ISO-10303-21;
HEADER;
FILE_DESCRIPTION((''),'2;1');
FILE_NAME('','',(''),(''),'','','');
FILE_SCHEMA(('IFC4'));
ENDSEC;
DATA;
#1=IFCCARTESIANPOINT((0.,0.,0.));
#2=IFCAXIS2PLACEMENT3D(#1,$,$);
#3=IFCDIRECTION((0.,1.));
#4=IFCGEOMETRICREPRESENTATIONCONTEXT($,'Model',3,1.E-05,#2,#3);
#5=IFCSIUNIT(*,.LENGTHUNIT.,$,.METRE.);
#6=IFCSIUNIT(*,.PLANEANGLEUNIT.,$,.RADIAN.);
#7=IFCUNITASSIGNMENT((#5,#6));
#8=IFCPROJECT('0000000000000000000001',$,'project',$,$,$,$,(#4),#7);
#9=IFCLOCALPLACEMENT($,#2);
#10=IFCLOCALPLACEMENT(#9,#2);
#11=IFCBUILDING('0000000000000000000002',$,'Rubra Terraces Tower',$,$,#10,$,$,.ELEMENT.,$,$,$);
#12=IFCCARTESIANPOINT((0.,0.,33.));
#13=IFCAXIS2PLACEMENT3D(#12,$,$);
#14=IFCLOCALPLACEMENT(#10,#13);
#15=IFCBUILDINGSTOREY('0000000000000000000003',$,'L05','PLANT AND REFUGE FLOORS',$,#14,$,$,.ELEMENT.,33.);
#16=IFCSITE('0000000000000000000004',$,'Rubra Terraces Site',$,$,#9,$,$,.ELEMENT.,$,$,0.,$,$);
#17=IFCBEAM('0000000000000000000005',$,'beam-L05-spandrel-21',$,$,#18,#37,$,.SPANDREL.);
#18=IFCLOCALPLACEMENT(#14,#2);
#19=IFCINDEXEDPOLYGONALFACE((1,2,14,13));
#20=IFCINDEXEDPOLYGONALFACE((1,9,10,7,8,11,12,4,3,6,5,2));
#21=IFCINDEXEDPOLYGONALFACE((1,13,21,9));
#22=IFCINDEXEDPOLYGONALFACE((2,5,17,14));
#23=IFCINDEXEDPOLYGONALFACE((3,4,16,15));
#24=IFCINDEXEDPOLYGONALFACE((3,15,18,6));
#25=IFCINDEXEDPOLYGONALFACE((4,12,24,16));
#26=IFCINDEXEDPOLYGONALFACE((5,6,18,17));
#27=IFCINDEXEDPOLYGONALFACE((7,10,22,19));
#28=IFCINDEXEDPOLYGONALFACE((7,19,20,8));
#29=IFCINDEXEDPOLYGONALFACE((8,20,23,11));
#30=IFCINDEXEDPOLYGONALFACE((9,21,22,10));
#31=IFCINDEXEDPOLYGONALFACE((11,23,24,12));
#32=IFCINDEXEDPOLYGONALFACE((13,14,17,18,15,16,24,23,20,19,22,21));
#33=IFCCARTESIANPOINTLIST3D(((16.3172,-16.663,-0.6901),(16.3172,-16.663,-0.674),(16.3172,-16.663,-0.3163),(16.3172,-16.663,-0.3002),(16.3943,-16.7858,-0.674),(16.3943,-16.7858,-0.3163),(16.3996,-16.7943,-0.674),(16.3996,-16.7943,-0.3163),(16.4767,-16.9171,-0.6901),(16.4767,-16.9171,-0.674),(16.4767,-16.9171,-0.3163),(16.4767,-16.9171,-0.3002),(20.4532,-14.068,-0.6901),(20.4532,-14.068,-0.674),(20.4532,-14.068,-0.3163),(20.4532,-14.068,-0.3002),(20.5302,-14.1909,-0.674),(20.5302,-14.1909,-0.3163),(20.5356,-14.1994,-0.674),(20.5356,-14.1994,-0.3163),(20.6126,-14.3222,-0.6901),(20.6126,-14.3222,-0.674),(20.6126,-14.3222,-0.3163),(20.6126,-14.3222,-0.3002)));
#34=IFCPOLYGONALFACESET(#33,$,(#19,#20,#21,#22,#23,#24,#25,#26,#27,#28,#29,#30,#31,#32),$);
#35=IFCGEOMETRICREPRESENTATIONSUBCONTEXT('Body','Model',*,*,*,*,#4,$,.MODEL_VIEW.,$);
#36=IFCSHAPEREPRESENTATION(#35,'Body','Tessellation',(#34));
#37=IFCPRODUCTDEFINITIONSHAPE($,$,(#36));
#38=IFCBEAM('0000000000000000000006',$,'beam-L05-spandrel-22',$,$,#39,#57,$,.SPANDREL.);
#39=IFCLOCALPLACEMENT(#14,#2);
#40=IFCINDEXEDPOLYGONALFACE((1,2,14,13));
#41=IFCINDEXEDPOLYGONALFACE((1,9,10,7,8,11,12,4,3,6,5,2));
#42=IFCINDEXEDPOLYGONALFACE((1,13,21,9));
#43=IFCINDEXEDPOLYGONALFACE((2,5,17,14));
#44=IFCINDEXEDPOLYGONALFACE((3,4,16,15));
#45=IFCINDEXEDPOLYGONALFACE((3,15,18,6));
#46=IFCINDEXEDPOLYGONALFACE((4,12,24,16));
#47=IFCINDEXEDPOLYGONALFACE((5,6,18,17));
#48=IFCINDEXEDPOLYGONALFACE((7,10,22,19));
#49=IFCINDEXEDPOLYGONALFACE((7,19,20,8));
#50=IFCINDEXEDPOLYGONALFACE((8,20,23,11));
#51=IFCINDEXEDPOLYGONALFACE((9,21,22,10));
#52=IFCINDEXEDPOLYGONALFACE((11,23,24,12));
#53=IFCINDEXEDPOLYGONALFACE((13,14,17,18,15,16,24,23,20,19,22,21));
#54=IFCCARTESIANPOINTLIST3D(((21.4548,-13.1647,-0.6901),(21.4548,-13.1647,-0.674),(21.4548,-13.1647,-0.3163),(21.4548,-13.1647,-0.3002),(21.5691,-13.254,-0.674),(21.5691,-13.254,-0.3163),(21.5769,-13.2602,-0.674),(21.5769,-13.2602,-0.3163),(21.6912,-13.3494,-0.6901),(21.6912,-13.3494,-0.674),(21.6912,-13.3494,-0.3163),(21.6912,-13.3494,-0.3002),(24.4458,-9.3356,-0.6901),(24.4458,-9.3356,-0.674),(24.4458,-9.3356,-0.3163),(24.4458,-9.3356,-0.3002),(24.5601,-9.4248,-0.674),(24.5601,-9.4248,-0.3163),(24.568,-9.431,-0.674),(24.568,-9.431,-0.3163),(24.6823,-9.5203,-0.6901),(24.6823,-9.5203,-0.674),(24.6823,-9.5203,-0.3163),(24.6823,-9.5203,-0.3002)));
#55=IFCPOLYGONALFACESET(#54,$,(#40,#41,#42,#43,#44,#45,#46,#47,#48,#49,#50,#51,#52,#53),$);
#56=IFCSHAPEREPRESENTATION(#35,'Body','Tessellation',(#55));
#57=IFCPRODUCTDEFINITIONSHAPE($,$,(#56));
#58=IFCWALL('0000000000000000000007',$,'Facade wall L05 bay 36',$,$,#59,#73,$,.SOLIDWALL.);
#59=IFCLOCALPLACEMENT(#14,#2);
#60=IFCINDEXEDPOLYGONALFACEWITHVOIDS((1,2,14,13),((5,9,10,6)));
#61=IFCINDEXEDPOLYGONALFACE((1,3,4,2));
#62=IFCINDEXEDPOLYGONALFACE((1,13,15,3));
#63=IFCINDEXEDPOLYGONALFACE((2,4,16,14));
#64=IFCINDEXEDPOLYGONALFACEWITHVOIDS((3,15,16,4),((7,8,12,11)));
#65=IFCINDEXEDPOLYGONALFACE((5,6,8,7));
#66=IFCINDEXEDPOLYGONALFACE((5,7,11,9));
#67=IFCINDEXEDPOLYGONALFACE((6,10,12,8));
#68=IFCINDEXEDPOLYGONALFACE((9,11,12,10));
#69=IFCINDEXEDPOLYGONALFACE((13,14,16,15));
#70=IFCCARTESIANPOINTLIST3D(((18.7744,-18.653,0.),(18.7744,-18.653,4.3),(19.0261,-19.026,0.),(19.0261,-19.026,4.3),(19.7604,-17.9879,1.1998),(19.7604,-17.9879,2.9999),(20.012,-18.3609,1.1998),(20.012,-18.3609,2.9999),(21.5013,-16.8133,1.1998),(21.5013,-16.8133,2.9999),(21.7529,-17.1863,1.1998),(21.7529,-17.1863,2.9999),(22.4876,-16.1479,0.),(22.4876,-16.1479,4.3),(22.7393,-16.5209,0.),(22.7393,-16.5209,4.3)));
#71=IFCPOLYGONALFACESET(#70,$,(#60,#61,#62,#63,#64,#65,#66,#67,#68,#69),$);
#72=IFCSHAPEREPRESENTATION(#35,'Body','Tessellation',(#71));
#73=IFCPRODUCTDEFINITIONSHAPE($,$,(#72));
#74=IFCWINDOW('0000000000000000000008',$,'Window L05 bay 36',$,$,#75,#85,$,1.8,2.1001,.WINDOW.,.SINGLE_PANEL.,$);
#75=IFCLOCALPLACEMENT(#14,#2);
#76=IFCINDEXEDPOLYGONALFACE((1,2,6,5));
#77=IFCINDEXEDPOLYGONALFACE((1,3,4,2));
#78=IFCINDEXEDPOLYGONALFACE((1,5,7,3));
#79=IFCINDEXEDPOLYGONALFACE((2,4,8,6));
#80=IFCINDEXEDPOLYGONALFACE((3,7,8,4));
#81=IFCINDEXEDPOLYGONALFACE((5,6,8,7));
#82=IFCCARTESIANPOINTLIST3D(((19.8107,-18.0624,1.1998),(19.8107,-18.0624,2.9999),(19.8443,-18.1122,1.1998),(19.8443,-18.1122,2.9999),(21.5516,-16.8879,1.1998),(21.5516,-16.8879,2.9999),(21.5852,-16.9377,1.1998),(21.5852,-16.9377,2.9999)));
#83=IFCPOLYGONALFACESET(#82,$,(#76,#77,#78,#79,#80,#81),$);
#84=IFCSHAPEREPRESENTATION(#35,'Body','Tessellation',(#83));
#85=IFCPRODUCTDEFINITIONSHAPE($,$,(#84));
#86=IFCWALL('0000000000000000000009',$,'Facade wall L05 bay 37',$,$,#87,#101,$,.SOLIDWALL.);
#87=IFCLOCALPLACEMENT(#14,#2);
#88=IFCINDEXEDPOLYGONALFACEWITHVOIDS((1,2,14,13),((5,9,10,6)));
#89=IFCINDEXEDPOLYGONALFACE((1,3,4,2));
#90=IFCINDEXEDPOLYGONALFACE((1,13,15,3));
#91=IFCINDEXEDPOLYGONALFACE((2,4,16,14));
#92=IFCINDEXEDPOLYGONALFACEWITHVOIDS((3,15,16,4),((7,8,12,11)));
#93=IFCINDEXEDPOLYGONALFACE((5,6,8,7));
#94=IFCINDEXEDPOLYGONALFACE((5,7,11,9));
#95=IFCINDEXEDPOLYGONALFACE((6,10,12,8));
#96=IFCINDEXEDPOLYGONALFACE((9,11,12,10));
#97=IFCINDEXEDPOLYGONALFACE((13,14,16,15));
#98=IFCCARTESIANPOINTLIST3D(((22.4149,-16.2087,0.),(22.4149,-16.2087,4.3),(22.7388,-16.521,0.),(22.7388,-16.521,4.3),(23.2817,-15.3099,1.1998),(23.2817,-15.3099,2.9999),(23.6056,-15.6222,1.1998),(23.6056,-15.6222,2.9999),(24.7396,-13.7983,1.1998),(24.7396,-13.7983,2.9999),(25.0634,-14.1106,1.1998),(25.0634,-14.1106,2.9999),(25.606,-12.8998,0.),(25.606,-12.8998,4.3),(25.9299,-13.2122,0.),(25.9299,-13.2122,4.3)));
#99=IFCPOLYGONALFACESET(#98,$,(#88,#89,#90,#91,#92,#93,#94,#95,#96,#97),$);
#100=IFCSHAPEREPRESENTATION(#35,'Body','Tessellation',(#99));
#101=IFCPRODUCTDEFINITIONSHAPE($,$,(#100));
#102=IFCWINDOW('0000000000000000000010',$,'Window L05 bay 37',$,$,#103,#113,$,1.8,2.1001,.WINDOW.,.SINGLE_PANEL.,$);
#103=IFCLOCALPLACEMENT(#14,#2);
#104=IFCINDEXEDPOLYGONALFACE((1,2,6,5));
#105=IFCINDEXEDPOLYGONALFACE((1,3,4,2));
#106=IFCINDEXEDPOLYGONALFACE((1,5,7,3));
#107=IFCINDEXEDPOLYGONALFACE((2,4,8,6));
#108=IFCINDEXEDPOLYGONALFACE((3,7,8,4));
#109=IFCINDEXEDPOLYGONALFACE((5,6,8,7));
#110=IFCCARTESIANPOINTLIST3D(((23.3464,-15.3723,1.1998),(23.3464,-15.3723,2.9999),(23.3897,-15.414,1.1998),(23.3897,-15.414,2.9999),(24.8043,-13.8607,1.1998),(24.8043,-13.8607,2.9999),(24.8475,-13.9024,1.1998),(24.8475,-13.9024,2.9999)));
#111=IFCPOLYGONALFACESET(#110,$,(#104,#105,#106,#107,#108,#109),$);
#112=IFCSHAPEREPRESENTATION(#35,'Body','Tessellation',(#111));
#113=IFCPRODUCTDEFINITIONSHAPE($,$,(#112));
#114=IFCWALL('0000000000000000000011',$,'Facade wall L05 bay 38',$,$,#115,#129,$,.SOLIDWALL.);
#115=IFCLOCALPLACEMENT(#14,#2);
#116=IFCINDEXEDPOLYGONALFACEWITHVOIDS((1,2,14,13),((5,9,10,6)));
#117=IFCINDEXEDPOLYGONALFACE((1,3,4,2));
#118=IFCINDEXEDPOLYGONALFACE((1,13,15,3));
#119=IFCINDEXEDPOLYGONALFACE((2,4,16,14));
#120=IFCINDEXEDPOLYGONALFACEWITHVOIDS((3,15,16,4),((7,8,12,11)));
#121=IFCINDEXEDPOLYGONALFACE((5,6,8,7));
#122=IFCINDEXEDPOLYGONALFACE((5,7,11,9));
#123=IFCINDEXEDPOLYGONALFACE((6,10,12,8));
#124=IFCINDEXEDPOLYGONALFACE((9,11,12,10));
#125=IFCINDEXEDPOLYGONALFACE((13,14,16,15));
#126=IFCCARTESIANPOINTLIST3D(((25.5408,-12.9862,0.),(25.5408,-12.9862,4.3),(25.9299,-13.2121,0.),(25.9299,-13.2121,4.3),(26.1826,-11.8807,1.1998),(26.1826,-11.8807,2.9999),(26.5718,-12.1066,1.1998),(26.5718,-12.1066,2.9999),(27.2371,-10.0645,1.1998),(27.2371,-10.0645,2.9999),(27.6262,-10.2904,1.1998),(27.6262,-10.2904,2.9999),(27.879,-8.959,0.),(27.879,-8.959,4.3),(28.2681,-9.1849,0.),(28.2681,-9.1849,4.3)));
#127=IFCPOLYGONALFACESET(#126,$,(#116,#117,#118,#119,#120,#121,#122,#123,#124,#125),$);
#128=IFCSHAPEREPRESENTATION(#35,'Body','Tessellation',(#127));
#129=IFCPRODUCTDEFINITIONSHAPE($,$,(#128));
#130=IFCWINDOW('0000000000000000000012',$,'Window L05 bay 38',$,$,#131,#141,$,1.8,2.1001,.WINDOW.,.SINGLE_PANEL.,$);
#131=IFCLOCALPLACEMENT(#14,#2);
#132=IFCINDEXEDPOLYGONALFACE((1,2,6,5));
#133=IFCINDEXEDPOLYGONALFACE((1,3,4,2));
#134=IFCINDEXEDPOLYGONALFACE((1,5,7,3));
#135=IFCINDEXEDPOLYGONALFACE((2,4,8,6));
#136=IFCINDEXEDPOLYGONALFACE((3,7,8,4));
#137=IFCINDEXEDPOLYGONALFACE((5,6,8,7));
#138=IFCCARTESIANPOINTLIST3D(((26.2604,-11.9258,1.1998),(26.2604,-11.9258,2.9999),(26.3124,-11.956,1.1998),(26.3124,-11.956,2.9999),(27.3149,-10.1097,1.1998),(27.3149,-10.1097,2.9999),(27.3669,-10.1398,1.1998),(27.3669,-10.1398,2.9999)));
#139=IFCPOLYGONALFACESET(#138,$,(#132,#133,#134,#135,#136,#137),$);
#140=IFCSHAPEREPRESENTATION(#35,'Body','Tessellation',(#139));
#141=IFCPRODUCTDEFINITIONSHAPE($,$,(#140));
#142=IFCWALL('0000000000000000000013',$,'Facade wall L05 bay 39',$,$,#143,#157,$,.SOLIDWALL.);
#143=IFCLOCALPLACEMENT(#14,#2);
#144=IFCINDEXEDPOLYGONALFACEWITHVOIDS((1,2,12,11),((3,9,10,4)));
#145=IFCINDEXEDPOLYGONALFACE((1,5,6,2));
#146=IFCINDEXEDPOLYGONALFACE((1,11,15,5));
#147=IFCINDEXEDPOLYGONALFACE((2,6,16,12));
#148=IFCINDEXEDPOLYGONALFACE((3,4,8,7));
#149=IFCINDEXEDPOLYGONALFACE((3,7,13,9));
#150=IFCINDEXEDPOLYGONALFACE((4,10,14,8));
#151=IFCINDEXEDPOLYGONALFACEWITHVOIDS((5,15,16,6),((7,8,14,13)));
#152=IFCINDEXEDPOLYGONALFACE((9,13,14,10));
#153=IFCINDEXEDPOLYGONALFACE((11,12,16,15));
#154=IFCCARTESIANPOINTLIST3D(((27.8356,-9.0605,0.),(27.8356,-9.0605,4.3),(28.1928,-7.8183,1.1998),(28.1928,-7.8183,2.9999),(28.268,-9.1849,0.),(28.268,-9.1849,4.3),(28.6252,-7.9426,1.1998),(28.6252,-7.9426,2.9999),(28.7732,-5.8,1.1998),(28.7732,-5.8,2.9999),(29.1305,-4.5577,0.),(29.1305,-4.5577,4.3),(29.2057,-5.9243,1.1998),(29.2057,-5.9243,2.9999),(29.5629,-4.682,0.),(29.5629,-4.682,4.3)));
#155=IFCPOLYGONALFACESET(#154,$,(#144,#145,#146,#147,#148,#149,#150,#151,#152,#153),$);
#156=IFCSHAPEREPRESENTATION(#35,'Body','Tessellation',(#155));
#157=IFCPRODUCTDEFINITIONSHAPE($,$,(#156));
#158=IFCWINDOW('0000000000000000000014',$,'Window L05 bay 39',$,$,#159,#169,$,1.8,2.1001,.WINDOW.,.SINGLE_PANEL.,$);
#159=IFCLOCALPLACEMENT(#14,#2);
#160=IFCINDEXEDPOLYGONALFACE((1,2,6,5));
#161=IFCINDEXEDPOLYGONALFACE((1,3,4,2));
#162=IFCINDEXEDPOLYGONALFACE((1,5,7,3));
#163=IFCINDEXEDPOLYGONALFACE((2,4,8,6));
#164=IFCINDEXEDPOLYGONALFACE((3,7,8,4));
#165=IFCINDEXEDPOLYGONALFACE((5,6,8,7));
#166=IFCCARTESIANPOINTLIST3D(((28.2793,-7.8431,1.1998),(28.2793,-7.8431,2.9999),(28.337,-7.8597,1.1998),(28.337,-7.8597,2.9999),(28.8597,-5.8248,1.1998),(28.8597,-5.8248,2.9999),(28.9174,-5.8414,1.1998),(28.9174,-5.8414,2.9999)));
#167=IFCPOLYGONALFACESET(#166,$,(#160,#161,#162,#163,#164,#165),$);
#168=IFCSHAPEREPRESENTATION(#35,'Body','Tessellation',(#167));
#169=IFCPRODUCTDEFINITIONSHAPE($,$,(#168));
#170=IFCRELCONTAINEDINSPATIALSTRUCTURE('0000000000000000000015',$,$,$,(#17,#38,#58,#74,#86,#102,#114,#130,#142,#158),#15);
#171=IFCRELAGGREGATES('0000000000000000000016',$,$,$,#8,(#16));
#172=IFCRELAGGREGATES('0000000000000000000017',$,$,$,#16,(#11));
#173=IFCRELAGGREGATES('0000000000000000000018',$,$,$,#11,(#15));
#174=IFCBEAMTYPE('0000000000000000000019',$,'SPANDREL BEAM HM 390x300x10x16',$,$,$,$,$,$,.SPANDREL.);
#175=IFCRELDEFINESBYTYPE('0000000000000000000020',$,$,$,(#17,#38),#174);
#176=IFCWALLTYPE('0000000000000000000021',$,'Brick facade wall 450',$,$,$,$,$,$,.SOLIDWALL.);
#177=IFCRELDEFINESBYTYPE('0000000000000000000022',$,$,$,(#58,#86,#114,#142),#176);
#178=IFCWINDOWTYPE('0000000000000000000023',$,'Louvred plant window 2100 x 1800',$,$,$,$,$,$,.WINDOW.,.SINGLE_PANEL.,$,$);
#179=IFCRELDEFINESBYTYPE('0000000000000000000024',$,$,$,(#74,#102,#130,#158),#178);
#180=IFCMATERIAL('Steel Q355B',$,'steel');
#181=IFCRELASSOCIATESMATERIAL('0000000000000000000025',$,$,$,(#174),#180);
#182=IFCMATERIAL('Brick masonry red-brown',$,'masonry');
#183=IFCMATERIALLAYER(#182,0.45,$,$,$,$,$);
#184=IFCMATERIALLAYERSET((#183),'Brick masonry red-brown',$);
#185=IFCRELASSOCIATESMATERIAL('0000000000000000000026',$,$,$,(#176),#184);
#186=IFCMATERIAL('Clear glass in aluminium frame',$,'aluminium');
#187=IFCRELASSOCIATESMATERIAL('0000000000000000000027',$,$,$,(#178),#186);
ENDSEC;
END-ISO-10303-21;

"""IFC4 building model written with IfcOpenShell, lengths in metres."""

from ifc_helpers import new_model, si_unit, direction, frame, frame_2d, origin, origin_2d, place, context, subcontext, project, spatial, rectangle, i_section, extrude, material, layer, layer_set, material_profile, profile_set, type_object, element, fill, save


model = new_model("IFC4")

# Units and contexts
model_context = context("Model", 3, precision=1e-05, world=origin(), true_north=direction((0.0, 1.0)))
body_context = subcontext(model_context, "Body", "Model", "MODEL_VIEW")
ifc_project = project(units=[si_unit("LENGTHUNIT", "METRE"), si_unit("PLANEANGLEUNIT", "RADIAN")], contexts=[model_context])

# Site, building, storey
site_placement = place(None, origin())
site = spatial("IfcSite", under=ifc_project, at=site_placement, Name="Rubra Terraces Site", CompositionType="ELEMENT", RefElevation=0.0)
building_placement = place(site_placement, origin())
building = spatial("IfcBuilding", under=site, at=building_placement, Name="Rubra Terraces Tower", CompositionType="ELEMENT")
storey_placement = place(building_placement, frame((0.0, 0.0, 33.0)))
storey = spatial("IfcBuildingStorey", under=building, at=storey_placement, Name="L05", Description="PLANT AND REFUGE FLOORS", CompositionType="ELEMENT", Elevation=33.0)

# Shared definitions
ifc_material_1 = material(Name="Steel Q355B", Category="steel")

# Beams
ifc_material_profile_1 = material_profile(ifc_material_1, i_section(OverallWidth=0.3, OverallDepth=0.3899, WebThickness=0.01, FlangeThickness=0.0161, at=origin_2d()), Name="HM 390x300x10x16")
ifc_profile_set_1 = profile_set([ifc_material_profile_1], Name="Steel Q355B")
beam_type_1 = type_object("IfcBeamType", Name="SPANDREL BEAM HM 390x300x10x16", PredefinedType="SPANDREL", material=ifc_profile_set_1)
beam_1_placement = place(storey_placement, frame((16.397, -16.79, -0.4951), z_axis=(0.847078, 0.531468, 0.0), x_axis=(-0.531468, 0.847078, 0.0)))
element("IfcBeam", 1, at=beam_1_placement, inside=storey, type_object=beam_type_1, Name="beam-L05-spandrel-21", PredefinedType="SPANDREL", context=body_context, shape_type="SweptSolid", body=[
    extrude(i_section(OverallWidth=0.3, OverallDepth=0.3899, WebThickness=0.01, FlangeThickness=0.0161, at=origin_2d()), origin(), (0.0, 0.0, 1.0), 4.8826),
])
beam_2_placement = place(storey_placement, frame((21.573, -13.2571, -0.4951), z_axis=(0.615578, 0.788076, 0.0), x_axis=(-0.788076, 0.615578, 0.0)))
element("IfcBeam", 2, at=beam_2_placement, inside=storey, type_object=beam_type_1, Name="beam-L05-spandrel-22", PredefinedType="SPANDREL", context=body_context, shape_type="SweptSolid", body=[
    extrude(i_section(OverallWidth=0.3, OverallDepth=0.3899, WebThickness=0.01, FlangeThickness=0.0161, at=origin_2d()), origin(), (0.0, 0.0, 1.0), 4.8589),
])

# Walls, openings, windows
ifc_material_2 = material(Name="Brick masonry red-brown", Category="masonry")
ifc_layer_1 = layer(ifc_material_2, 0.45)
ifc_layer_set_1 = layer_set([ifc_layer_1], Name="Brick masonry red-brown")
wall_type_1 = type_object("IfcWallType", Name="Brick facade wall 450", PredefinedType="SOLIDWALL", material=ifc_layer_set_1)
wall_1_placement = place(storey_placement, frame((18.9001, -18.8396, 0.0), z_axis=(0.0, 0.0, 1.0), x_axis=(0.828977, 0.559283, 0.0)))
wall_1 = element("IfcWall", 3, at=wall_1_placement, inside=storey, type_object=wall_type_1, Name="Facade wall L05 bay 36", PredefinedType="SOLIDWALL", context=body_context, shape_type="SweptSolid", body=[
    extrude(rectangle(XDim=4.4792, YDim=0.45, at=frame_2d((2.2397, 0.0))), origin(), (0.0, 0.0, 1.0), 4.3),
])
opening_1_placement = place(wall_1_placement, frame((1.1895, 0.0, 1.2)))
opening_1 = element("IfcOpeningElement", 4, at=opening_1_placement, cuts=wall_1, PredefinedType="OPENING", context=body_context, shape_type="SweptSolid", body=[
    extrude(rectangle(XDim=2.1001, YDim=1.8, at=frame_2d((1.05, 0.8999))), frame((0.0, 0.2349, 0.0), z_axis=(0.0, -1.0, 0.0), x_axis=(1.0, 0.0, 0.0)), (0.0, 0.0, 1.0), 0.47),
])
ifc_material_3 = material(Name="Clear glass in aluminium frame", Category="aluminium")
window_type = type_object("IfcWindowType", Name="Louvred plant window 2100 x 1800", PartitioningType="SINGLE_PANEL", PredefinedType="WINDOW", material=ifc_material_3)
window_1_placement = place(opening_1_placement, origin())
window_1 = element("IfcWindow", 5, at=window_1_placement, inside=storey, type_object=window_type, Name="Window L05 bay 36", OverallHeight=1.8, OverallWidth=2.1001, PartitioningType="SINGLE_PANEL", PredefinedType="WINDOW", context=body_context, shape_type="SweptSolid", body=[
    extrude(rectangle(XDim=2.1001, YDim=1.8, at=frame_2d((1.05, 0.8999))), frame((0.0, 0.135, 0.0), z_axis=(0.0, -1.0, 0.0), x_axis=(1.0, 0.0, 0.0)), (0.0, 0.0, 1.0), 0.0601),
])
fill(opening_1, window_1)
wall_2_placement = place(storey_placement, frame((22.5769, -16.3647, 0.0), z_axis=(0.0, 0.0, 1.0), x_axis=(0.694192, 0.71979, 0.0)))
wall_2 = element("IfcWall", 6, at=wall_2_placement, inside=storey, type_object=wall_type_1, Name="Facade wall L05 bay 37", PredefinedType="SOLIDWALL", context=body_context, shape_type="SweptSolid", body=[
    extrude(rectangle(XDim=4.5969, YDim=0.45, at=frame_2d((2.2983, 0.0))), origin(), (0.0, 0.0, 1.0), 4.3),
])
opening_2_placement = place(wall_2_placement, frame((1.2485, 0.0, 1.2)))
opening_2 = element("IfcOpeningElement", 7, at=opening_2_placement, cuts=wall_2, PredefinedType="OPENING", context=body_context, shape_type="SweptSolid", body=[
    extrude(rectangle(XDim=2.1001, YDim=1.8, at=frame_2d((1.05, 0.8999))), frame((0.0, 0.2349, 0.0), z_axis=(0.0, -1.0, 0.0), x_axis=(1.0, 0.0, 0.0)), (0.0, 0.0, 1.0), 0.47),
])
window_2_placement = place(opening_2_placement, origin())
window_2 = element("IfcWindow", 8, at=window_2_placement, inside=storey, type_object=window_type, Name="Window L05 bay 37", OverallHeight=1.8, OverallWidth=2.1001, PartitioningType="SINGLE_PANEL", PredefinedType="WINDOW", context=body_context, shape_type="SweptSolid", body=[
    extrude(rectangle(XDim=2.1001, YDim=1.8, at=frame_2d((1.05, 0.8999))), frame((0.0, 0.135, 0.0), z_axis=(0.0, -1.0, 0.0), x_axis=(1.0, 0.0, 0.0)), (0.0, 0.0, 1.0), 0.0601),
])
fill(opening_2, window_2)
wall_3_placement = place(storey_placement, frame((25.7354, -13.0991, 0.0), z_axis=(0.0, 0.0, 1.0), x_axis=(0.502106, 0.864806, 0.0)))
wall_3 = element("IfcWall", 9, at=wall_3_placement, inside=storey, type_object=wall_type_1, Name="Facade wall L05 bay 38", PredefinedType="SOLIDWALL", context=body_context, shape_type="SweptSolid", body=[
    extrude(rectangle(XDim=4.6567, YDim=0.45, at=frame_2d((2.3284, 0.0))), origin(), (0.0, 0.0, 1.0), 4.3),
])
opening_3_placement = place(wall_3_placement, frame((1.2783, 0.0, 1.2)))
opening_3 = element("IfcOpeningElement", 10, at=opening_3_placement, cuts=wall_3, PredefinedType="OPENING", context=body_context, shape_type="SweptSolid", body=[
    extrude(rectangle(XDim=2.1001, YDim=1.8, at=frame_2d((1.05, 0.8999))), frame((0.0, 0.2349, 0.0), z_axis=(0.0, -1.0, 0.0), x_axis=(1.0, 0.0, 0.0)), (0.0, 0.0, 1.0), 0.47),
])
window_3_placement = place(opening_3_placement, origin())
window_3 = element("IfcWindow", 11, at=window_3_placement, inside=storey, type_object=window_type, Name="Window L05 bay 38", OverallHeight=1.8, OverallWidth=2.1001, PartitioningType="SINGLE_PANEL", PredefinedType="WINDOW", context=body_context, shape_type="SweptSolid", body=[
    extrude(rectangle(XDim=2.1001, YDim=1.8, at=frame_2d((1.05, 0.8999))), frame((0.0, 0.135, 0.0), z_axis=(0.0, -1.0, 0.0), x_axis=(1.0, 0.0, 0.0)), (0.0, 0.0, 1.0), 0.0601),
])
fill(opening_3, window_3)
wall_4_placement = place(storey_placement, frame((28.0518, -9.1228, 0.0), z_axis=(0.0, 0.0, 1.0), x_axis=(0.276372, 0.961051, 0.0)))
wall_4 = element("IfcWall", 12, at=wall_4_placement, inside=storey, type_object=wall_type_1, Name="Facade wall L05 bay 39", PredefinedType="SOLIDWALL", context=body_context, shape_type="SweptSolid", body=[
    extrude(rectangle(XDim=4.6853, YDim=0.45, at=frame_2d((2.3428, 0.0))), origin(), (0.0, 0.0, 1.0), 4.3),
])
opening_4_placement = place(wall_4_placement, frame((1.2927, 0.0, 1.2)))
opening_4 = element("IfcOpeningElement", 13, at=opening_4_placement, cuts=wall_4, PredefinedType="OPENING", context=body_context, shape_type="SweptSolid", body=[
    extrude(rectangle(XDim=2.1001, YDim=1.8, at=frame_2d((1.05, 0.8999))), frame((0.0, 0.2349, 0.0), z_axis=(0.0, -1.0, 0.0), x_axis=(1.0, 0.0, 0.0)), (0.0, 0.0, 1.0), 0.47),
])
window_4_placement = place(opening_4_placement, origin())
window_4 = element("IfcWindow", 14, at=window_4_placement, inside=storey, type_object=window_type, Name="Window L05 bay 39", OverallHeight=1.8, OverallWidth=2.1001, PartitioningType="SINGLE_PANEL", PredefinedType="WINDOW", context=body_context, shape_type="SweptSolid", body=[
    extrude(rectangle(XDim=2.1001, YDim=1.8, at=frame_2d((1.05, 0.8999))), frame((0.0, 0.135, 0.0), z_axis=(0.0, -1.0, 0.0), x_axis=(1.0, 0.0, 0.0)), (0.0, 0.0, 1.0), 0.0601),
])
fill(opening_4, window_4)

save(model, "model.ifc")
